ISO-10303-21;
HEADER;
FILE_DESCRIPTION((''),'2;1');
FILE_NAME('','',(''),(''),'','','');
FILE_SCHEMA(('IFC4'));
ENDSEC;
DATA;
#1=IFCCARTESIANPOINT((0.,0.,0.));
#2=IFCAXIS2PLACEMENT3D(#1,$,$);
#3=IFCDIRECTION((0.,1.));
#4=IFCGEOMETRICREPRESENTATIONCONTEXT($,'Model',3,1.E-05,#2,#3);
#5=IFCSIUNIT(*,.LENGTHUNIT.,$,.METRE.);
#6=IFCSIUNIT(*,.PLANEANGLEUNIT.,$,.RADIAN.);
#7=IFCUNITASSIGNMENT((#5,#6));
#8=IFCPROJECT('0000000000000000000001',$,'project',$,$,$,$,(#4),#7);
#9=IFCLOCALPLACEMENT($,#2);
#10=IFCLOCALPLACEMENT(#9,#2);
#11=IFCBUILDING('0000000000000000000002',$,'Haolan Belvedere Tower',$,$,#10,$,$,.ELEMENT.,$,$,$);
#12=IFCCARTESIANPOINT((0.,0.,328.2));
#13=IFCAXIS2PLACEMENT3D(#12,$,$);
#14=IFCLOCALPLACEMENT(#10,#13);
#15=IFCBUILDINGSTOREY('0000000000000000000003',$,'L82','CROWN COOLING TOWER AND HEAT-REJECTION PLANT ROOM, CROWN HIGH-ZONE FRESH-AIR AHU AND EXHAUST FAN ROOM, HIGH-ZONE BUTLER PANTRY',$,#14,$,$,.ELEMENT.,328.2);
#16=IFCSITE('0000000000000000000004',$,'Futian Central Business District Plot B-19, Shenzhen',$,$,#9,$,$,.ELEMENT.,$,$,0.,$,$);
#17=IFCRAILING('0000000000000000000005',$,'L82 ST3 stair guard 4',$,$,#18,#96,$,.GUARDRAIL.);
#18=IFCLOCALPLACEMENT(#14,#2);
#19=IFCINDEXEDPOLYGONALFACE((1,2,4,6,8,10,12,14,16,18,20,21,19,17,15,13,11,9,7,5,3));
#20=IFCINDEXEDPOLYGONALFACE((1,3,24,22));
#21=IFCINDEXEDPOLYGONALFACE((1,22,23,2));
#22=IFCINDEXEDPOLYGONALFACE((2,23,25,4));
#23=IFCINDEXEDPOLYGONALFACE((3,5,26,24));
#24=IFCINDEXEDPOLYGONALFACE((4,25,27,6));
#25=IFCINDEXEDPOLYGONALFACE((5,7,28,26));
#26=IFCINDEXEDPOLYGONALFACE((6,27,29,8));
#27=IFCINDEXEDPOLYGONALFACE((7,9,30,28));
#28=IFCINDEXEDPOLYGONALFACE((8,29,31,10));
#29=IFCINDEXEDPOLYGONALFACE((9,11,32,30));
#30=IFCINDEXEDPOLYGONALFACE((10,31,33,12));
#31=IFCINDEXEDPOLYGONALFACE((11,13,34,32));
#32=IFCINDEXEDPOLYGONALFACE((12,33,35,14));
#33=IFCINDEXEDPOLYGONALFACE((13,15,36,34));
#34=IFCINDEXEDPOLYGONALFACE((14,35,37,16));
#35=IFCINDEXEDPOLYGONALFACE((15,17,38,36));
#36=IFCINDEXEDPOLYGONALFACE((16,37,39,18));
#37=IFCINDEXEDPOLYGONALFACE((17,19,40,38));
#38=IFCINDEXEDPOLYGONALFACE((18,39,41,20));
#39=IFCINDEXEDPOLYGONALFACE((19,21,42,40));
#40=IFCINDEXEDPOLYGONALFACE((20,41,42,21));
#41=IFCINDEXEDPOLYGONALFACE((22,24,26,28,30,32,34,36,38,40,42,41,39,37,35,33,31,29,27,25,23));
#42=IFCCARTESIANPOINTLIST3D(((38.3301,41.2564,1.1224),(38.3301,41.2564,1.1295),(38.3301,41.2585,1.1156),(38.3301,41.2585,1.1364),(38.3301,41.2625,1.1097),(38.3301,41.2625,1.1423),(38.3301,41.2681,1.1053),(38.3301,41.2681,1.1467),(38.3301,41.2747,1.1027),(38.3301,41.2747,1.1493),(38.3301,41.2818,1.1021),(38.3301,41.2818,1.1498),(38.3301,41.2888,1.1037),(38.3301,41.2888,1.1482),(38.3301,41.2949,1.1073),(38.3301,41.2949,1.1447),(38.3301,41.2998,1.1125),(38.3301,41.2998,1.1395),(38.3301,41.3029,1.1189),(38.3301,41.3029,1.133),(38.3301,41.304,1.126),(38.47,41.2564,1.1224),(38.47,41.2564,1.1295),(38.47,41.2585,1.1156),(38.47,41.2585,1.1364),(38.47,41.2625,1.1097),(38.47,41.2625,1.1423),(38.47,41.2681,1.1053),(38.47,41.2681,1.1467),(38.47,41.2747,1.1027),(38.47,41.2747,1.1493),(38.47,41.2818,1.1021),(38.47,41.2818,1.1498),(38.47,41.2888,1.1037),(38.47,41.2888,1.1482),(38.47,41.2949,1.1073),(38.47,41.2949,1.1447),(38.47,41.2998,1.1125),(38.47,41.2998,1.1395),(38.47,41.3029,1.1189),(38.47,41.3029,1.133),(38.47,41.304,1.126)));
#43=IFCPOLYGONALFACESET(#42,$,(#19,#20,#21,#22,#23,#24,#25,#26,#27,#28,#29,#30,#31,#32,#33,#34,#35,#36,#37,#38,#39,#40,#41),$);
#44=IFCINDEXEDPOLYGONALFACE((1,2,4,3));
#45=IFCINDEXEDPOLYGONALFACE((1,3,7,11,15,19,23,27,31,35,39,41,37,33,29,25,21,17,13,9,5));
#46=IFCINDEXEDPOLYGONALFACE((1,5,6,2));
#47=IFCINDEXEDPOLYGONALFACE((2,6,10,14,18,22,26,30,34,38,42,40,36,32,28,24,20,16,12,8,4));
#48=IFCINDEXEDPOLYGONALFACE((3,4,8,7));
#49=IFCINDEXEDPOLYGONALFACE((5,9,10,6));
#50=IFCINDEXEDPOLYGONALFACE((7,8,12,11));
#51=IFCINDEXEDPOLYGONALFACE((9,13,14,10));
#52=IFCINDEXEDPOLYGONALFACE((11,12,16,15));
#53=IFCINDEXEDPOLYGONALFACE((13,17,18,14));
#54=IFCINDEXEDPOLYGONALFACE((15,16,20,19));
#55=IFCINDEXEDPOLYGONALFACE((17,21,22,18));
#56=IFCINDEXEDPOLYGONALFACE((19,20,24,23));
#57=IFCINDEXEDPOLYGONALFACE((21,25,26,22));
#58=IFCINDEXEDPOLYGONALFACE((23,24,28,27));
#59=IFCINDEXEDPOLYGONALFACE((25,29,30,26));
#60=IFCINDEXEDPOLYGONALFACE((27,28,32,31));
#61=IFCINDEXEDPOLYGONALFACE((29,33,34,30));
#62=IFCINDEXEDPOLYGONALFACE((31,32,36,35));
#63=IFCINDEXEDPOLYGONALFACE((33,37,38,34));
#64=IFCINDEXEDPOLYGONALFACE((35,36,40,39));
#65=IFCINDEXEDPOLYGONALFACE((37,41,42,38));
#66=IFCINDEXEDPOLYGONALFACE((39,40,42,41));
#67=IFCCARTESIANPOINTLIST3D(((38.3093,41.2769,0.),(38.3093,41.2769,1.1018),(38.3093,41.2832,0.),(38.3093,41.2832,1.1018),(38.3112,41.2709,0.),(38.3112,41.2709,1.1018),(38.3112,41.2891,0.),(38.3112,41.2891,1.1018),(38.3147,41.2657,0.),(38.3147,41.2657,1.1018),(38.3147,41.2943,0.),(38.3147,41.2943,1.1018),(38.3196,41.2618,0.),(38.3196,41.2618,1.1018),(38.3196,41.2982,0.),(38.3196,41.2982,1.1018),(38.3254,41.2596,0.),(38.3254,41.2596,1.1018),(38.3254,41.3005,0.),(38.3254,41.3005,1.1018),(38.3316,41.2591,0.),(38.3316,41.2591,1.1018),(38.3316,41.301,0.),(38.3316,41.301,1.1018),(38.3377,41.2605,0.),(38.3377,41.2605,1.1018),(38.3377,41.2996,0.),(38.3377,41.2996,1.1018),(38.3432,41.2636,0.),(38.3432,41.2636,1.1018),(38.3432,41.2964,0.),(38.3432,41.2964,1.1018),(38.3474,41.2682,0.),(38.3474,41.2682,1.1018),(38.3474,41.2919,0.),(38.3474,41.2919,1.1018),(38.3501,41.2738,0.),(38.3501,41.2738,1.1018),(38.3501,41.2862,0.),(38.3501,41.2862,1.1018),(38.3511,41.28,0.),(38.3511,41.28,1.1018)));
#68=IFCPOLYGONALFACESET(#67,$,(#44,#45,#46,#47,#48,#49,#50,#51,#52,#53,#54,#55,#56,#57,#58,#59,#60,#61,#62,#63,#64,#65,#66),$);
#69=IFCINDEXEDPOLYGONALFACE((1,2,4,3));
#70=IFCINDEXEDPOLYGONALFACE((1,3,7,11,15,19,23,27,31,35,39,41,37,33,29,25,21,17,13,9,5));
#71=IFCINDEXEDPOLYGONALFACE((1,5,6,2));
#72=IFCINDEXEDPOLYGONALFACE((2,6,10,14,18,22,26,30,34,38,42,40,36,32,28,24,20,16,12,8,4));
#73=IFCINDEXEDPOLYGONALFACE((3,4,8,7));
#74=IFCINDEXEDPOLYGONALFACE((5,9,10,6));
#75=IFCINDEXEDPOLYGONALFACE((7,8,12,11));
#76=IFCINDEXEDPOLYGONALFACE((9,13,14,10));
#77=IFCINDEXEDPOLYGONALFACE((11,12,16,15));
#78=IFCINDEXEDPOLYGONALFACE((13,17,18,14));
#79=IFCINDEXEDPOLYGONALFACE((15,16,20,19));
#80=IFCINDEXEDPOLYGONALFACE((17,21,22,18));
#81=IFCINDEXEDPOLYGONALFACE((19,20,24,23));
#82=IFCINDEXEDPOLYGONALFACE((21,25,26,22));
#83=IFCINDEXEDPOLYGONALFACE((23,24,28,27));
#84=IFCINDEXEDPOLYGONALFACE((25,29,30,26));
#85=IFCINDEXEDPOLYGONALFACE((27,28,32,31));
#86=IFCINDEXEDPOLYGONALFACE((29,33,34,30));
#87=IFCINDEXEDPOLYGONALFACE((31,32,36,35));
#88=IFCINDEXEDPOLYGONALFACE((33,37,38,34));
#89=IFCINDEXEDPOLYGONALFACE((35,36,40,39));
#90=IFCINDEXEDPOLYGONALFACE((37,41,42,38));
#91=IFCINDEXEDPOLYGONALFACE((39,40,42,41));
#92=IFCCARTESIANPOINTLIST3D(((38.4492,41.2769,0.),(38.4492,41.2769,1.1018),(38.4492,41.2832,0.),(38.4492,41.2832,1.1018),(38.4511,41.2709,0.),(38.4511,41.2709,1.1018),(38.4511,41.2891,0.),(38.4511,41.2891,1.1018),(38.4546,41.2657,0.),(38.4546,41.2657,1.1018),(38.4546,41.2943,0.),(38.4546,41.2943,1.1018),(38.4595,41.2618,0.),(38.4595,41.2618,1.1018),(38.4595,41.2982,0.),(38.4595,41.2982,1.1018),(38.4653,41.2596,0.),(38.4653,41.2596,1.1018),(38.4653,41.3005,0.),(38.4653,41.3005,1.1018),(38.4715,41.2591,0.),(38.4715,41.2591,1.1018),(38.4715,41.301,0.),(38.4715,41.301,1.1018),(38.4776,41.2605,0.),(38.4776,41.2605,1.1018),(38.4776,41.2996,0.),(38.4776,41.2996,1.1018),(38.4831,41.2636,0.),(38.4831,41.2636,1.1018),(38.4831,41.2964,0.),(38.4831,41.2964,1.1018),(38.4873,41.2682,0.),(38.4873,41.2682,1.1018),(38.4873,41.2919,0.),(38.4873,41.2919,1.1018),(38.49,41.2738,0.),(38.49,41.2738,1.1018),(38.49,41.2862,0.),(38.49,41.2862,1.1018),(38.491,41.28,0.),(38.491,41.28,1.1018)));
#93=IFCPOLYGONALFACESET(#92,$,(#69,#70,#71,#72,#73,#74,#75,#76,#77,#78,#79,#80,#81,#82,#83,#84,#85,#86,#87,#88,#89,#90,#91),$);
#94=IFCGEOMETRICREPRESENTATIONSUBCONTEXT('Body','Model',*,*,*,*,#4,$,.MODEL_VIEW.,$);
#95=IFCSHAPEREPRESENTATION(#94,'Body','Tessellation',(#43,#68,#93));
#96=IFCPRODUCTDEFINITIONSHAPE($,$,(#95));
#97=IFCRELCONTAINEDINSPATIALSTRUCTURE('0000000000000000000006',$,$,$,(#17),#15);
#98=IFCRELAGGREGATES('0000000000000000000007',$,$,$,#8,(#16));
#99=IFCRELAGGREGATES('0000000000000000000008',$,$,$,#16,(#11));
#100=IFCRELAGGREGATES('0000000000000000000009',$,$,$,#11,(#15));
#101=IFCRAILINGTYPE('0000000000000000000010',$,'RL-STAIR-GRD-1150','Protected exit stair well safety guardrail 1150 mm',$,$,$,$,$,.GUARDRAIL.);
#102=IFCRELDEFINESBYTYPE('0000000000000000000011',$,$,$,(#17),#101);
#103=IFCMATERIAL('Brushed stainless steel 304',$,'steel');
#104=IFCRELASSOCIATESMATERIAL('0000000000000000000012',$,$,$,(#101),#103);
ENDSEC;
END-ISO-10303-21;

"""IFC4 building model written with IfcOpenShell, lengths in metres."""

from ifc_helpers import new_model, si_unit, direction, frame, origin, origin_2d, place, context, subcontext, project, spatial, circle, extrude, material, type_object, element, save


model = new_model("IFC4")

# Units and contexts
model_context = context("Model", 3, precision=1e-05, world=origin(), true_north=direction((0.0, 1.0)))
body_context = subcontext(model_context, "Body", "Model", "MODEL_VIEW")
ifc_project = project(units=[si_unit("LENGTHUNIT", "METRE"), si_unit("PLANEANGLEUNIT", "RADIAN")], contexts=[model_context])

# Site, building, storey
site_placement = place(None, origin())
site = spatial("IfcSite", under=ifc_project, at=site_placement, Name="Futian Central Business District Plot B-19, Shenzhen", CompositionType="ELEMENT", RefElevation=0.0)
building_placement = place(site_placement, origin())
building = spatial("IfcBuilding", under=site, at=building_placement, Name="Haolan Belvedere Tower", CompositionType="ELEMENT")
storey_placement = place(building_placement, frame((0.0, 0.0, 328.2)))
storey = spatial("IfcBuildingStorey", under=building, at=storey_placement, Name="L82", Description="CROWN COOLING TOWER AND HEAT-REJECTION PLANT ROOM, CROWN HIGH-ZONE FRESH-AIR AHU AND EXHAUST FAN ROOM, HIGH-ZONE BUTLER PANTRY", CompositionType="ELEMENT", Elevation=328.2)

# Railing
ifc_material_1 = material(Name="Brushed stainless steel 304", Category="steel")
railing_type_1 = type_object("IfcRailingType", Name="RL-STAIR-GRD-1150", Description="Protected exit stair well safety guardrail 1150 mm", PredefinedType="GUARDRAIL", material=ifc_material_1)
railing_1_placement = place(storey_placement, frame((38.3301, 41.28, 0.0)))
element("IfcRailing", 1, at=railing_1_placement, inside=storey, type_object=railing_type_1, Name="L82 ST3 stair guard 4", PredefinedType="GUARDRAIL", context=body_context, shape_type="SweptSolid", body=[
    extrude(circle(Radius=0.0239, at=origin_2d()), frame((0.0, 0.0, 1.126), z_axis=(1.0, 0.0, 0.0), x_axis=(0.0, 1.0, 0.0)), (0.0, 0.0, 1.0), 0.1399),
    extrude(circle(Radius=0.021, at=origin_2d()), origin(), (0.0, 0.0, 1.0), 1.1018),
    extrude(circle(Radius=0.021, at=origin_2d()), frame((0.1399, 0.0, 0.0)), (0.0, 0.0, 1.0), 1.1018),
])

save(model, "model.ifc")
